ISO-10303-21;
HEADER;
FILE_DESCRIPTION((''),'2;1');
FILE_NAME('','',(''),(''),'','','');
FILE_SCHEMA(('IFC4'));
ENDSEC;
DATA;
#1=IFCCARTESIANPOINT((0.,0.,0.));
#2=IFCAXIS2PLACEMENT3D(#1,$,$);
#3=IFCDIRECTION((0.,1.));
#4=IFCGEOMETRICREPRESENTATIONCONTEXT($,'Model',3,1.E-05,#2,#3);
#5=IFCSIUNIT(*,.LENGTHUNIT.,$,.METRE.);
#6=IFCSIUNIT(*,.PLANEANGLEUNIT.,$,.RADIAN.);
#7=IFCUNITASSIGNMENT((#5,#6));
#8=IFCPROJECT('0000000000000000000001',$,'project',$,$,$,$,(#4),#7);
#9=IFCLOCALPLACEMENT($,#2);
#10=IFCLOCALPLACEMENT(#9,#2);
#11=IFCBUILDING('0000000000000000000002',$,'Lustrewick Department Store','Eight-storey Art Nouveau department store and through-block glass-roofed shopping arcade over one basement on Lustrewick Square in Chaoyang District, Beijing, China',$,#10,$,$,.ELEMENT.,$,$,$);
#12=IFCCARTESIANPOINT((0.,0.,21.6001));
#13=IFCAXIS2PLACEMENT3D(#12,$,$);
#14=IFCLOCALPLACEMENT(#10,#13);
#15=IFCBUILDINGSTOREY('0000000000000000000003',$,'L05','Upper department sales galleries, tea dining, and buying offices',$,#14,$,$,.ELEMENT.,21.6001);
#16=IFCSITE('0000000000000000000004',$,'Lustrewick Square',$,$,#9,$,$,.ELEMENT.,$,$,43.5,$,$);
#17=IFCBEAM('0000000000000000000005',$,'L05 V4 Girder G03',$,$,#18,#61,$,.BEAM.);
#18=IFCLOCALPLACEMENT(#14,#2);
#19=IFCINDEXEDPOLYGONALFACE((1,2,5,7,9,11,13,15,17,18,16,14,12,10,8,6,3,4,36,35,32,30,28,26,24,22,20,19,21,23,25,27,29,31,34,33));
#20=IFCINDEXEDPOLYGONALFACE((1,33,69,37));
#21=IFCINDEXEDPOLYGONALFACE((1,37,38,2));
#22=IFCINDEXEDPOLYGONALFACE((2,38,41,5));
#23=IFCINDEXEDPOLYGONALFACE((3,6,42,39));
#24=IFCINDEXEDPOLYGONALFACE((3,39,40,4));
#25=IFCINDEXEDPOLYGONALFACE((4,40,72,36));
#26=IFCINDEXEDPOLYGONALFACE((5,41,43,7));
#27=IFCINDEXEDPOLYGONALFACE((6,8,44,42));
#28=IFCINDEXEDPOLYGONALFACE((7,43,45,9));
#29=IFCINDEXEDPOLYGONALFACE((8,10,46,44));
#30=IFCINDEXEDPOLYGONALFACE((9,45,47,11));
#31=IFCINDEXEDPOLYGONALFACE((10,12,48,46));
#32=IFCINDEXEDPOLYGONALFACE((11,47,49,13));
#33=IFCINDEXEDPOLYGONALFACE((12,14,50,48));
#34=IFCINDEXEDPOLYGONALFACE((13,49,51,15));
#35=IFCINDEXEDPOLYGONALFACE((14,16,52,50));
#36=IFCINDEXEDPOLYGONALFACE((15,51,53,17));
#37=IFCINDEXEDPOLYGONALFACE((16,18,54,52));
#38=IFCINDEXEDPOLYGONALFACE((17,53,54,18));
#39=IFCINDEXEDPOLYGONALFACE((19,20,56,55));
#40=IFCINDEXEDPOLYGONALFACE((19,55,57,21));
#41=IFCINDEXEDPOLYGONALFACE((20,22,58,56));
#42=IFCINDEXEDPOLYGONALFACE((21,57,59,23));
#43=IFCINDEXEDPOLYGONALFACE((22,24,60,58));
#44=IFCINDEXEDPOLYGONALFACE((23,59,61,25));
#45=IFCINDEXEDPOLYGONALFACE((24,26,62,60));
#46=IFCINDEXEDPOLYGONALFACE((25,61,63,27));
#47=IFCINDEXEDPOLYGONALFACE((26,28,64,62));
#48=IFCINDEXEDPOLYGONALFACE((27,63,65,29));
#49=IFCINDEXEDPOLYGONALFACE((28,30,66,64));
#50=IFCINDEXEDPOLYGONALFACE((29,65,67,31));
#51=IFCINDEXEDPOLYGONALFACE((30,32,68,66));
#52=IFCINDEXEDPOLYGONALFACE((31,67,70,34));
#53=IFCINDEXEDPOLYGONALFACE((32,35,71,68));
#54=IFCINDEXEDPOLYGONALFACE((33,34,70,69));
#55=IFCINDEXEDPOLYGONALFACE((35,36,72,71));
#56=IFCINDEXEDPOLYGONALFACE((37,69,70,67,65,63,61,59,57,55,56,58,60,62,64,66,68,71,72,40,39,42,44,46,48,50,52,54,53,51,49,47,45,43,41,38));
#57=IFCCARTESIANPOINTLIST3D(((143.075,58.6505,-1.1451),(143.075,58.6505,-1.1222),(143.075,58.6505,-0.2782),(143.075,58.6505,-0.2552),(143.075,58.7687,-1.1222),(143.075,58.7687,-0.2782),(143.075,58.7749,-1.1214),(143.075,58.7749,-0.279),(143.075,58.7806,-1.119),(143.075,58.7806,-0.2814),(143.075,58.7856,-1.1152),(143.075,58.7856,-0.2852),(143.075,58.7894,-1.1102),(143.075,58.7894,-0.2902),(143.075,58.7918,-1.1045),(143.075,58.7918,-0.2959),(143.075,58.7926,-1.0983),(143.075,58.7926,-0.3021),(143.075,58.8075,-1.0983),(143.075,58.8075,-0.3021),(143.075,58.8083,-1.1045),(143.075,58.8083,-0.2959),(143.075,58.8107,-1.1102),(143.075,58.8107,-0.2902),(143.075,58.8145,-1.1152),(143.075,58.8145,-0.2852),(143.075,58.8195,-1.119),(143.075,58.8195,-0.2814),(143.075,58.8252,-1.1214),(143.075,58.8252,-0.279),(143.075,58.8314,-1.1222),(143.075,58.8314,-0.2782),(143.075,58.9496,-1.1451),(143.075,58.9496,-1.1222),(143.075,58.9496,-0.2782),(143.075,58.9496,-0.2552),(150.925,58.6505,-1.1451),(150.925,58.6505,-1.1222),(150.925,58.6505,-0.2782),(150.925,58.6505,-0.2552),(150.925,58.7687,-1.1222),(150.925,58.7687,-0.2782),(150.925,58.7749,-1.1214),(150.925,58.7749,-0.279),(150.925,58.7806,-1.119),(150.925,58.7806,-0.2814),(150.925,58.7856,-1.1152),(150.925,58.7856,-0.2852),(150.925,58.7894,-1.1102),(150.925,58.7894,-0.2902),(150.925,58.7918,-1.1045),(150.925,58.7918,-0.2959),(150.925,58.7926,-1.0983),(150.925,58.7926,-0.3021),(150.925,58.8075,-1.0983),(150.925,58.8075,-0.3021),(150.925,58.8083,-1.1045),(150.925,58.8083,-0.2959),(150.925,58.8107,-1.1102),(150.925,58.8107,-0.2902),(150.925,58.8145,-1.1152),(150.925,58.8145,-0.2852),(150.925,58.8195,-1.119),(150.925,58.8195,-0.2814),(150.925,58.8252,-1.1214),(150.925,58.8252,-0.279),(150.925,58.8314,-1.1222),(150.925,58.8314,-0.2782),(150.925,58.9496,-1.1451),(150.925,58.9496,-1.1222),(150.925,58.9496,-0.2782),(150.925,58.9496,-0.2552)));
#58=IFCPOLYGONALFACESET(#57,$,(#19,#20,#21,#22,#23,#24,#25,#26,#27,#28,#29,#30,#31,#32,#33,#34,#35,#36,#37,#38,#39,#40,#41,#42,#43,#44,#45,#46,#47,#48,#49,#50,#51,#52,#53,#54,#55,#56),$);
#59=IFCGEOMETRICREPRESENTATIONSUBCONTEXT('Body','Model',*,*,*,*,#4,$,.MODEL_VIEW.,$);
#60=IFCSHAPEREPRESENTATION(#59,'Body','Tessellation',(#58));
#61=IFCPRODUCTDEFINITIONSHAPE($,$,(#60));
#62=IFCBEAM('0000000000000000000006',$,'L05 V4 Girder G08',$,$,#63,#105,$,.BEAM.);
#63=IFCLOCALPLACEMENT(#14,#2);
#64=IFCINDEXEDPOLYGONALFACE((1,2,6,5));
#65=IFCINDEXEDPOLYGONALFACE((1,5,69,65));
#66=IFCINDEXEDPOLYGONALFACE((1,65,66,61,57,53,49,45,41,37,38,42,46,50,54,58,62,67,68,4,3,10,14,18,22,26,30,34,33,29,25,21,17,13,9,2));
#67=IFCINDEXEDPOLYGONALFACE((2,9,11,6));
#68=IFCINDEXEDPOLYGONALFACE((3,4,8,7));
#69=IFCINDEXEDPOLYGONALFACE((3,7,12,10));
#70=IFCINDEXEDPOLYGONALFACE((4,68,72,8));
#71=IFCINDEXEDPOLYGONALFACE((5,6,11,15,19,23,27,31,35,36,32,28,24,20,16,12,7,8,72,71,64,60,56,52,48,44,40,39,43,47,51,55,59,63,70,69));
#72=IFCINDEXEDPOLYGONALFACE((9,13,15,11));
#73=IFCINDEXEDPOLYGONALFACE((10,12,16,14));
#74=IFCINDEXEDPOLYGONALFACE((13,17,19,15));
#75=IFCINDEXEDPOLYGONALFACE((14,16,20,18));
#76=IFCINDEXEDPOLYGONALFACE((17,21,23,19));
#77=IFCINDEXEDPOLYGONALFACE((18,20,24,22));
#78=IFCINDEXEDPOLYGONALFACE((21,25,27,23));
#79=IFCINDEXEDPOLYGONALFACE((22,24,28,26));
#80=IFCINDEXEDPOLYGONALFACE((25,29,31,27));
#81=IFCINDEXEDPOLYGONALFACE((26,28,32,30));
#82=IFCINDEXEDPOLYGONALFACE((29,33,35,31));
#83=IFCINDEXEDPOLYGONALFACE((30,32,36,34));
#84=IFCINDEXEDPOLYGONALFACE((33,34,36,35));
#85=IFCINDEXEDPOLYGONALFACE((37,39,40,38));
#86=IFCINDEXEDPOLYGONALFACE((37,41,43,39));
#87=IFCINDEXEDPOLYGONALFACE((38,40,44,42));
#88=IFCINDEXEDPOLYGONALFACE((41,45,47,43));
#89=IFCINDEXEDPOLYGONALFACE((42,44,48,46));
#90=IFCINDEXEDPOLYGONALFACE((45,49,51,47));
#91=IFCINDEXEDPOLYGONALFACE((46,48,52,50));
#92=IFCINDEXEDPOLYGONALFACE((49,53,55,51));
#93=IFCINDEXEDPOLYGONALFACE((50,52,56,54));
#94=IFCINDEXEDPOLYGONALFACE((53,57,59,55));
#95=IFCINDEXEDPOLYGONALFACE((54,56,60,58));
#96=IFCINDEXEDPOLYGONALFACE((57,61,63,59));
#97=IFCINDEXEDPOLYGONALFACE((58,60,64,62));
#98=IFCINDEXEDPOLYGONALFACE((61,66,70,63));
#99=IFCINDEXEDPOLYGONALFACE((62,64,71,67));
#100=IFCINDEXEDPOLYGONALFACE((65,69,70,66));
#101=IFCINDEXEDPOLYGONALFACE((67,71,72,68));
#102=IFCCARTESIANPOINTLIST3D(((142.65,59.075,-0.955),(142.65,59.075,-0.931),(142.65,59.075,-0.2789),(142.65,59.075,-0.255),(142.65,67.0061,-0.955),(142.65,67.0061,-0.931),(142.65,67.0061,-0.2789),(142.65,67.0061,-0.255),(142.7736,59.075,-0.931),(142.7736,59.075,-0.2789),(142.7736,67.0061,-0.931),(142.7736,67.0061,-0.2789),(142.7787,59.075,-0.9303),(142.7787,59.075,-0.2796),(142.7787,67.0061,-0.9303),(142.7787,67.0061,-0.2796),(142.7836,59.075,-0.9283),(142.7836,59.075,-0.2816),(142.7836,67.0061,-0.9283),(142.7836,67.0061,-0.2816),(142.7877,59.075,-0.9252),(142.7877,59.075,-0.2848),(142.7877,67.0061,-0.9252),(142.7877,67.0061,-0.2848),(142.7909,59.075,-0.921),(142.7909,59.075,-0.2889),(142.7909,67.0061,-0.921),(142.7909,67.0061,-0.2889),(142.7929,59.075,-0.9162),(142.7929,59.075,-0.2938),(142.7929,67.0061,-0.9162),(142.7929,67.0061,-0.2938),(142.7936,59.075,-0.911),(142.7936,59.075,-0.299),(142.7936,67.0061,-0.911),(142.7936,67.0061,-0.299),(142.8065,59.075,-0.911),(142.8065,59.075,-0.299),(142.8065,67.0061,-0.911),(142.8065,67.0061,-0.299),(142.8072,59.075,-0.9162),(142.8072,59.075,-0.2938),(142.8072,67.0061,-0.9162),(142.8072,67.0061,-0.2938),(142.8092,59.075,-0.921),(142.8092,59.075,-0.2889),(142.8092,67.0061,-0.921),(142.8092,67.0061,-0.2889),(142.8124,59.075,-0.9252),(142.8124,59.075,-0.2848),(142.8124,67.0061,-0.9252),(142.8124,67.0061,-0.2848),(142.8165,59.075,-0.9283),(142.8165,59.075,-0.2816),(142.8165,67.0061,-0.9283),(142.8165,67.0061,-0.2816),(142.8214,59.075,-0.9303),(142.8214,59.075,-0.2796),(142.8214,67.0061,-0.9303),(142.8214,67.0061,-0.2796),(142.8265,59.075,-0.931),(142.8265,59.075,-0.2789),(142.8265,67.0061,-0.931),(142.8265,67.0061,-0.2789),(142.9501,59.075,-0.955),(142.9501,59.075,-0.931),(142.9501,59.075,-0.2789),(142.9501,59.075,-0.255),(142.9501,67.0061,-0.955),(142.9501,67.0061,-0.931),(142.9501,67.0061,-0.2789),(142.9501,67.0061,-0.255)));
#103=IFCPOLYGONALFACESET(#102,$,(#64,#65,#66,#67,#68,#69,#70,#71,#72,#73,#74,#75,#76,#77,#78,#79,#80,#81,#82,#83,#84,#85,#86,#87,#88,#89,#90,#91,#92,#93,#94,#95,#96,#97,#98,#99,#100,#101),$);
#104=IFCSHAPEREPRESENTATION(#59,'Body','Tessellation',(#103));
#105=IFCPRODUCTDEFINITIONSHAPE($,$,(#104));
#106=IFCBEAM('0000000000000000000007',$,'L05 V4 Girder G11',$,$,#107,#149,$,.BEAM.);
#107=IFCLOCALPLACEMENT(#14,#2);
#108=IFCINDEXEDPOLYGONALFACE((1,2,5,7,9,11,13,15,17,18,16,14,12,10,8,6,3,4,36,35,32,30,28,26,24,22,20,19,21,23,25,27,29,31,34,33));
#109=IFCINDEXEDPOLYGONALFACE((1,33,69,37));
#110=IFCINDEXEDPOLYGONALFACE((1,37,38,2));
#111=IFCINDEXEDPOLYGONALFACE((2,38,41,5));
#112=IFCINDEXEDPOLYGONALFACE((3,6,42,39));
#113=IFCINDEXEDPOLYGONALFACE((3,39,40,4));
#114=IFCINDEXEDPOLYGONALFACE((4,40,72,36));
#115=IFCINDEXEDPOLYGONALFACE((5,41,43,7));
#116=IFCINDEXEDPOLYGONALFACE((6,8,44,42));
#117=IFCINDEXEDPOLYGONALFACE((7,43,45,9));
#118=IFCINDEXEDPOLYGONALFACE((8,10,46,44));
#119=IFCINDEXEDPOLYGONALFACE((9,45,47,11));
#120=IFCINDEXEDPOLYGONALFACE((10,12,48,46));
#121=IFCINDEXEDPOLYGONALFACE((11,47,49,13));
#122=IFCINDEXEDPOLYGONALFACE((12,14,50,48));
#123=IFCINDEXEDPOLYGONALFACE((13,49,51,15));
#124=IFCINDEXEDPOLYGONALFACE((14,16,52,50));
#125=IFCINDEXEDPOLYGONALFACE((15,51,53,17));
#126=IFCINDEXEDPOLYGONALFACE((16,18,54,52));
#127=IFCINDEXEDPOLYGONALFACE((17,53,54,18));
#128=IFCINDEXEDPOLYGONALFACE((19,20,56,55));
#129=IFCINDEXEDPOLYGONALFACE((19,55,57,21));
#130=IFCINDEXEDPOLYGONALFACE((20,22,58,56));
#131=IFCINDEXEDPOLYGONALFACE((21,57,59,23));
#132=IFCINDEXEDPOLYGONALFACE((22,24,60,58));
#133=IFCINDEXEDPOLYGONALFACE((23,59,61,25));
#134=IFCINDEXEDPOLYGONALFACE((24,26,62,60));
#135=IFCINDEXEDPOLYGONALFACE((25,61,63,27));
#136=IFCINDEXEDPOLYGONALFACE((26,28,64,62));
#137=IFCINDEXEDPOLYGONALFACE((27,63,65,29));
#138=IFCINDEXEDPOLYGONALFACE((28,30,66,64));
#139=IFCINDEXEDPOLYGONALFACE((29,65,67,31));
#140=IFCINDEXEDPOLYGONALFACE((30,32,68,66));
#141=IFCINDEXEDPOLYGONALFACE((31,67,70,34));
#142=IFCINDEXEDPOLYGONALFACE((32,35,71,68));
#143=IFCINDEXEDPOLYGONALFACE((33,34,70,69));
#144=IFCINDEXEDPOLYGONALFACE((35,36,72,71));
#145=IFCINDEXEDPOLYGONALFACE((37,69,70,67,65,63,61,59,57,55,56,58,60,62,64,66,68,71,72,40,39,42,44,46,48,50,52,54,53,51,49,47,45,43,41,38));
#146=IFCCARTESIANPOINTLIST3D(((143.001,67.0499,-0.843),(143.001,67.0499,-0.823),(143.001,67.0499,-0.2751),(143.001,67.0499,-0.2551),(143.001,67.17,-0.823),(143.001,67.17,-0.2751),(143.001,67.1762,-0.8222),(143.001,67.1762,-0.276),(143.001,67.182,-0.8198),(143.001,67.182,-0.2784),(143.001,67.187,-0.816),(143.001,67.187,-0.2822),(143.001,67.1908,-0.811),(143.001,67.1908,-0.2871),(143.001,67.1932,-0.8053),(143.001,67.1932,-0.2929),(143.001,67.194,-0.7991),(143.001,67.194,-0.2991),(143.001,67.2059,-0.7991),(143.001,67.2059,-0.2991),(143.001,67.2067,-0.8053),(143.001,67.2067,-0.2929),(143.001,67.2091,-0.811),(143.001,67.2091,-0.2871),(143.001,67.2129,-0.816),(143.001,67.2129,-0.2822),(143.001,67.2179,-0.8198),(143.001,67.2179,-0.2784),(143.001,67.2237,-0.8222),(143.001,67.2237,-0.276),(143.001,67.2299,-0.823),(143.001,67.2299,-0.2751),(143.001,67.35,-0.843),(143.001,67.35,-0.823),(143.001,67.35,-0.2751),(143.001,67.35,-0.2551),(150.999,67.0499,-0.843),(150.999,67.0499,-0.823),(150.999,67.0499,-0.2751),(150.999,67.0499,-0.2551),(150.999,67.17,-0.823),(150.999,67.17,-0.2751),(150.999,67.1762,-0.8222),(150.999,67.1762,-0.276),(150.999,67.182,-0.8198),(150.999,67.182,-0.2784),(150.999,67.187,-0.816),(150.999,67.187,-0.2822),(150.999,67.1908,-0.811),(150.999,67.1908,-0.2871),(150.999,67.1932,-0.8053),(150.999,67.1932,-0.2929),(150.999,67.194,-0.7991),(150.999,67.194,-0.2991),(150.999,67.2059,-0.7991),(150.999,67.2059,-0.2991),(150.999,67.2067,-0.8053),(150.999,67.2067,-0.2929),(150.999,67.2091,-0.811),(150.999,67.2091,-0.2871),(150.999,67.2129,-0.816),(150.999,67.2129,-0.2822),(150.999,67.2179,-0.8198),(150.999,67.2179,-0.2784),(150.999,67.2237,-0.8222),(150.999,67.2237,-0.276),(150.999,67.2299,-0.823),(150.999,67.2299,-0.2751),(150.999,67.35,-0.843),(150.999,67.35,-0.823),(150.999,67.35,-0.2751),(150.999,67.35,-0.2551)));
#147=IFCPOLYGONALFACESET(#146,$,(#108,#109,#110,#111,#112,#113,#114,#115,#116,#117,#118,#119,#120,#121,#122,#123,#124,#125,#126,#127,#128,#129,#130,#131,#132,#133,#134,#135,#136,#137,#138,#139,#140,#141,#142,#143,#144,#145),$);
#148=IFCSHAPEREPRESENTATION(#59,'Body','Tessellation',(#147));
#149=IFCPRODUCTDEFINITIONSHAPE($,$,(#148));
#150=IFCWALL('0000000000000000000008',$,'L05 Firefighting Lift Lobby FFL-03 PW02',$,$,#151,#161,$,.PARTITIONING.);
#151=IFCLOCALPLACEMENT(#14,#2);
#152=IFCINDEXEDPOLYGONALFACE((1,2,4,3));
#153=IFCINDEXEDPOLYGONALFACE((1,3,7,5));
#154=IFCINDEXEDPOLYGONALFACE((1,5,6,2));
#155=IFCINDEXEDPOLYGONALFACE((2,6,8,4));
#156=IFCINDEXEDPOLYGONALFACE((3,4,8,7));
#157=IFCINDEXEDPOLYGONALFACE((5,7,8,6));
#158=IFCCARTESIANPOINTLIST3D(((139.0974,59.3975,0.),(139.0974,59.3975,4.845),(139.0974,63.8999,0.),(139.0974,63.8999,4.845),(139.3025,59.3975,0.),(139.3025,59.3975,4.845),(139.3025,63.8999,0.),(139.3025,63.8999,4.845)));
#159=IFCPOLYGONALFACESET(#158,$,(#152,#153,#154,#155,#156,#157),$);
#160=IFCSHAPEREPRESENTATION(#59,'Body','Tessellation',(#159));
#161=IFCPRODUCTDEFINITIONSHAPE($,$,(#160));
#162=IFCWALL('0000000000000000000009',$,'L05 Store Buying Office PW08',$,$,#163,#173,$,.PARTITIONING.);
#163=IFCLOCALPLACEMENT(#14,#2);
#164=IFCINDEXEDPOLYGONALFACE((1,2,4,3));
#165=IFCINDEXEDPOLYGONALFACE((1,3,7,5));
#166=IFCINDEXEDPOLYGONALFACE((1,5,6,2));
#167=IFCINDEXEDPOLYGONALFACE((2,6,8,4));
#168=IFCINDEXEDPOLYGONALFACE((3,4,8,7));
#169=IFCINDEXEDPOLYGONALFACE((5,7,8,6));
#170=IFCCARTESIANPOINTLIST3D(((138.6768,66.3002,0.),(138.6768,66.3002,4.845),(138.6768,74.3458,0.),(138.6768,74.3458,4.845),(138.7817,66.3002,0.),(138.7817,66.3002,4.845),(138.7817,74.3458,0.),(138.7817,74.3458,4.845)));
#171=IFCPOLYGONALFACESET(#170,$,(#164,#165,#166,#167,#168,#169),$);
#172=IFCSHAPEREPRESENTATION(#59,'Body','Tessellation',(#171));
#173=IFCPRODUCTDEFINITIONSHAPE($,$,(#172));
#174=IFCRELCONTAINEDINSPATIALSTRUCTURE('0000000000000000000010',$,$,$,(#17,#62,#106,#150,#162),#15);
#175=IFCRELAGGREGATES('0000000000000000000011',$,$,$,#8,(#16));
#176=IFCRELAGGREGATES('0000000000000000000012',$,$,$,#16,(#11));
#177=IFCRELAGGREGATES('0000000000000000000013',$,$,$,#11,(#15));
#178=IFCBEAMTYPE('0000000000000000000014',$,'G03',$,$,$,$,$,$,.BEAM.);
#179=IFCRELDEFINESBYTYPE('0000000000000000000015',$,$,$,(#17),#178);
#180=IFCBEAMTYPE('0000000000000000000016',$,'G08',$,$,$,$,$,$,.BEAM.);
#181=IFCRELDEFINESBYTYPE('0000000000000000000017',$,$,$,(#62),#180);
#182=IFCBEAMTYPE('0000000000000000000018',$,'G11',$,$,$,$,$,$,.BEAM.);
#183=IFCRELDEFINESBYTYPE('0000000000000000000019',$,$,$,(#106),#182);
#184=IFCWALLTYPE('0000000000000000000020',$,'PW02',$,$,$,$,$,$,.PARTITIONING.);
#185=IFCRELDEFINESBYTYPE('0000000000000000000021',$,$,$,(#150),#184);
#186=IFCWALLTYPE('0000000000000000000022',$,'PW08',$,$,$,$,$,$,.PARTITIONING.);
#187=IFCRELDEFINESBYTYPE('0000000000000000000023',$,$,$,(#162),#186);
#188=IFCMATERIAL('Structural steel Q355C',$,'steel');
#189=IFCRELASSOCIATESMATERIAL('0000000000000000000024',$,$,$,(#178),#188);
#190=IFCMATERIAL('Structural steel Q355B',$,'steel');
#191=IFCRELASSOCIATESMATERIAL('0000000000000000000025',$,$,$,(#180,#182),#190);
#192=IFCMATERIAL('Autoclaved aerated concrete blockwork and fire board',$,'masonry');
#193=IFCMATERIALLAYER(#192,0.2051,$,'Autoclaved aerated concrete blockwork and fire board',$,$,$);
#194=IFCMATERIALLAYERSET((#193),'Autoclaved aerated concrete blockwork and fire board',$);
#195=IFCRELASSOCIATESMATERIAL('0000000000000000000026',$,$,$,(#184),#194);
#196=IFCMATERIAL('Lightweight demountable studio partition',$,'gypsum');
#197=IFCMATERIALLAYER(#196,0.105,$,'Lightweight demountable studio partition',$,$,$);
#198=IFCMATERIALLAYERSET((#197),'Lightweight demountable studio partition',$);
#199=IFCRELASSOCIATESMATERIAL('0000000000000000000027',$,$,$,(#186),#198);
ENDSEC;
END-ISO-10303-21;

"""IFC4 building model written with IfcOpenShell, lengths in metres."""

from ifc_helpers import new_model, si_unit, direction, frame, frame_2d, origin, origin_2d, place, context, subcontext, project, spatial, rectangle, i_section, extrude, material, layer, layer_set, material_profile, profile_set, type_object, element, save


model = new_model("IFC4")

# Units and contexts
model_context = context("Model", 3, precision=1e-05, world=origin(), true_north=direction((0.0, 1.0)))
body_context = subcontext(model_context, "Body", "Model", "MODEL_VIEW")
ifc_project = project(units=[si_unit("LENGTHUNIT", "METRE"), si_unit("PLANEANGLEUNIT", "RADIAN")], contexts=[model_context])

# Site, building, storey
site_placement = place(None, origin())
site = spatial("IfcSite", under=ifc_project, at=site_placement, Name="Lustrewick Square", CompositionType="ELEMENT", RefElevation=43.5)
building_placement = place(site_placement, origin())
building = spatial("IfcBuilding", under=site, at=building_placement, Name="Lustrewick Department Store", Description="Eight-storey Art Nouveau department store and through-block glass-roofed shopping arcade over one basement on Lustrewick Square in Chaoyang District, Beijing, China", CompositionType="ELEMENT")
storey_placement = place(building_placement, frame((0.0, 0.0, 21.6001)))
storey = spatial("IfcBuildingStorey", under=building, at=storey_placement, Name="L05", Description="Upper department sales galleries, tea dining, and buying offices", CompositionType="ELEMENT", Elevation=21.6001)

# Shared definitions
ifc_material_1 = material(Name="Structural steel Q355B", Category="steel")

# Beams
ifc_material_2 = material(Name="Structural steel Q355C", Category="steel")
ifc_material_profile_1 = material_profile(ifc_material_2, i_section(OverallWidth=0.2991, OverallDepth=0.8899, WebThickness=0.0149, FlangeThickness=0.0229, FilletRadius=0.0239, at=origin_2d()), Name="HN 890x299x15x23")
ifc_profile_set_1 = profile_set([ifc_material_profile_1], Name="Structural steel Q355C")
beam_type_1 = type_object("IfcBeamType", Name="G03", PredefinedType="BEAM", material=ifc_profile_set_1)
beam_1_placement = place(storey_placement, frame((143.075, 58.8, -0.7002), z_axis=(1.0, 0.0, 0.0), x_axis=(0.0, 1.0, 0.0)))
element("IfcBeam", 1, at=beam_1_placement, inside=storey, type_object=beam_type_1, Name="L05 V4 Girder G03", PredefinedType="BEAM", context=body_context, shape_type="SweptSolid", body=[
    extrude(i_section(OverallWidth=0.2991, OverallDepth=0.8899, WebThickness=0.0149, FlangeThickness=0.0229, FilletRadius=0.0239, at=origin_2d()), origin(), (0.0, 0.0, 1.0), 7.8501),
])
ifc_material_profile_2 = material_profile(ifc_material_1, i_section(OverallWidth=0.3, OverallDepth=0.7, WebThickness=0.0129, FlangeThickness=0.0239, FilletRadius=0.02, at=origin_2d()), Name="HN 700x300x13x24")
ifc_profile_set_2 = profile_set([ifc_material_profile_2], Name="Structural steel Q355B")
beam_type_2 = type_object("IfcBeamType", Name="G08", PredefinedType="BEAM", material=ifc_profile_set_2)
beam_2_placement = place(storey_placement, frame((142.8, 59.075, -0.605), z_axis=(0.0, 1.0, 0.0), x_axis=(-1.0, 0.0, 0.0)))
element("IfcBeam", 2, at=beam_2_placement, inside=storey, type_object=beam_type_2, Name="L05 V4 Girder G08", PredefinedType="BEAM", context=body_context, shape_type="SweptSolid", body=[
    extrude(i_section(OverallWidth=0.3, OverallDepth=0.7, WebThickness=0.0129, FlangeThickness=0.0239, FilletRadius=0.02, at=origin_2d()), origin(), (0.0, 0.0, 1.0), 7.9312),
])
ifc_material_profile_3 = material_profile(ifc_material_1, i_section(OverallWidth=0.3, OverallDepth=0.5879, WebThickness=0.012, FlangeThickness=0.02, FilletRadius=0.0239, at=origin_2d()), Name="HM 588x300x12x20")
ifc_profile_set_3 = profile_set([ifc_material_profile_3], Name="Structural steel Q355B")
beam_type_3 = type_object("IfcBeamType", Name="G11", PredefinedType="BEAM", material=ifc_profile_set_3)
beam_3_placement = place(storey_placement, frame((143.001, 67.2, -0.5491), z_axis=(1.0, 0.0, 0.0), x_axis=(0.0, 1.0, 0.0)))
element("IfcBeam", 3, at=beam_3_placement, inside=storey, type_object=beam_type_3, Name="L05 V4 Girder G11", PredefinedType="BEAM", context=body_context, shape_type="SweptSolid", body=[
    extrude(i_section(OverallWidth=0.3, OverallDepth=0.5879, WebThickness=0.012, FlangeThickness=0.02, FilletRadius=0.0239, at=origin_2d()), origin(), (0.0, 0.0, 1.0), 7.998),
])

# Walls
ifc_material_3 = material(Name="Autoclaved aerated concrete blockwork and fire board", Category="masonry")
ifc_layer_1 = layer(ifc_material_3, 0.2051, Name="Autoclaved aerated concrete blockwork and fire board")
ifc_layer_set_1 = layer_set([ifc_layer_1], Name="Autoclaved aerated concrete blockwork and fire board")
wall_type_1 = type_object("IfcWallType", Name="PW02", PredefinedType="PARTITIONING", material=ifc_layer_set_1)
wall_1_placement = place(storey_placement, frame((139.2, 59.3975, 0.0), z_axis=(0.0, 0.0, 1.0), x_axis=(0.0, 1.0, 0.0)))
element("IfcWall", 4, at=wall_1_placement, inside=storey, type_object=wall_type_1, Name="L05 Firefighting Lift Lobby FFL-03 PW02", PredefinedType="PARTITIONING", context=body_context, shape_type="SweptSolid", body=[
    extrude(rectangle(XDim=4.5024, YDim=0.2051, at=frame_2d((2.2512, 0.0))), origin(), (0.0, 0.0, 1.0), 4.845),
])
ifc_material_4 = material(Name="Lightweight demountable studio partition", Category="gypsum")
ifc_layer_2 = layer(ifc_material_4, 0.105, Name="Lightweight demountable studio partition")
ifc_layer_set_2 = layer_set([ifc_layer_2], Name="Lightweight demountable studio partition")
wall_type_2 = type_object("IfcWallType", Name="PW08", PredefinedType="PARTITIONING", material=ifc_layer_set_2)
wall_2_placement = place(storey_placement, frame((138.7292, 66.3, 0.0), z_axis=(0.0, 0.0, 1.0), x_axis=(0.0, 1.0, 0.0)))
element("IfcWall", 5, at=wall_2_placement, inside=storey, type_object=wall_type_2, Name="L05 Store Buying Office PW08", PredefinedType="PARTITIONING", context=body_context, shape_type="SweptSolid", body=[
    extrude(rectangle(XDim=8.0457, YDim=0.105, at=frame_2d((4.0229, 0.0))), origin(), (0.0, 0.0, 1.0), 4.845),
])

save(model, "model.ifc")
